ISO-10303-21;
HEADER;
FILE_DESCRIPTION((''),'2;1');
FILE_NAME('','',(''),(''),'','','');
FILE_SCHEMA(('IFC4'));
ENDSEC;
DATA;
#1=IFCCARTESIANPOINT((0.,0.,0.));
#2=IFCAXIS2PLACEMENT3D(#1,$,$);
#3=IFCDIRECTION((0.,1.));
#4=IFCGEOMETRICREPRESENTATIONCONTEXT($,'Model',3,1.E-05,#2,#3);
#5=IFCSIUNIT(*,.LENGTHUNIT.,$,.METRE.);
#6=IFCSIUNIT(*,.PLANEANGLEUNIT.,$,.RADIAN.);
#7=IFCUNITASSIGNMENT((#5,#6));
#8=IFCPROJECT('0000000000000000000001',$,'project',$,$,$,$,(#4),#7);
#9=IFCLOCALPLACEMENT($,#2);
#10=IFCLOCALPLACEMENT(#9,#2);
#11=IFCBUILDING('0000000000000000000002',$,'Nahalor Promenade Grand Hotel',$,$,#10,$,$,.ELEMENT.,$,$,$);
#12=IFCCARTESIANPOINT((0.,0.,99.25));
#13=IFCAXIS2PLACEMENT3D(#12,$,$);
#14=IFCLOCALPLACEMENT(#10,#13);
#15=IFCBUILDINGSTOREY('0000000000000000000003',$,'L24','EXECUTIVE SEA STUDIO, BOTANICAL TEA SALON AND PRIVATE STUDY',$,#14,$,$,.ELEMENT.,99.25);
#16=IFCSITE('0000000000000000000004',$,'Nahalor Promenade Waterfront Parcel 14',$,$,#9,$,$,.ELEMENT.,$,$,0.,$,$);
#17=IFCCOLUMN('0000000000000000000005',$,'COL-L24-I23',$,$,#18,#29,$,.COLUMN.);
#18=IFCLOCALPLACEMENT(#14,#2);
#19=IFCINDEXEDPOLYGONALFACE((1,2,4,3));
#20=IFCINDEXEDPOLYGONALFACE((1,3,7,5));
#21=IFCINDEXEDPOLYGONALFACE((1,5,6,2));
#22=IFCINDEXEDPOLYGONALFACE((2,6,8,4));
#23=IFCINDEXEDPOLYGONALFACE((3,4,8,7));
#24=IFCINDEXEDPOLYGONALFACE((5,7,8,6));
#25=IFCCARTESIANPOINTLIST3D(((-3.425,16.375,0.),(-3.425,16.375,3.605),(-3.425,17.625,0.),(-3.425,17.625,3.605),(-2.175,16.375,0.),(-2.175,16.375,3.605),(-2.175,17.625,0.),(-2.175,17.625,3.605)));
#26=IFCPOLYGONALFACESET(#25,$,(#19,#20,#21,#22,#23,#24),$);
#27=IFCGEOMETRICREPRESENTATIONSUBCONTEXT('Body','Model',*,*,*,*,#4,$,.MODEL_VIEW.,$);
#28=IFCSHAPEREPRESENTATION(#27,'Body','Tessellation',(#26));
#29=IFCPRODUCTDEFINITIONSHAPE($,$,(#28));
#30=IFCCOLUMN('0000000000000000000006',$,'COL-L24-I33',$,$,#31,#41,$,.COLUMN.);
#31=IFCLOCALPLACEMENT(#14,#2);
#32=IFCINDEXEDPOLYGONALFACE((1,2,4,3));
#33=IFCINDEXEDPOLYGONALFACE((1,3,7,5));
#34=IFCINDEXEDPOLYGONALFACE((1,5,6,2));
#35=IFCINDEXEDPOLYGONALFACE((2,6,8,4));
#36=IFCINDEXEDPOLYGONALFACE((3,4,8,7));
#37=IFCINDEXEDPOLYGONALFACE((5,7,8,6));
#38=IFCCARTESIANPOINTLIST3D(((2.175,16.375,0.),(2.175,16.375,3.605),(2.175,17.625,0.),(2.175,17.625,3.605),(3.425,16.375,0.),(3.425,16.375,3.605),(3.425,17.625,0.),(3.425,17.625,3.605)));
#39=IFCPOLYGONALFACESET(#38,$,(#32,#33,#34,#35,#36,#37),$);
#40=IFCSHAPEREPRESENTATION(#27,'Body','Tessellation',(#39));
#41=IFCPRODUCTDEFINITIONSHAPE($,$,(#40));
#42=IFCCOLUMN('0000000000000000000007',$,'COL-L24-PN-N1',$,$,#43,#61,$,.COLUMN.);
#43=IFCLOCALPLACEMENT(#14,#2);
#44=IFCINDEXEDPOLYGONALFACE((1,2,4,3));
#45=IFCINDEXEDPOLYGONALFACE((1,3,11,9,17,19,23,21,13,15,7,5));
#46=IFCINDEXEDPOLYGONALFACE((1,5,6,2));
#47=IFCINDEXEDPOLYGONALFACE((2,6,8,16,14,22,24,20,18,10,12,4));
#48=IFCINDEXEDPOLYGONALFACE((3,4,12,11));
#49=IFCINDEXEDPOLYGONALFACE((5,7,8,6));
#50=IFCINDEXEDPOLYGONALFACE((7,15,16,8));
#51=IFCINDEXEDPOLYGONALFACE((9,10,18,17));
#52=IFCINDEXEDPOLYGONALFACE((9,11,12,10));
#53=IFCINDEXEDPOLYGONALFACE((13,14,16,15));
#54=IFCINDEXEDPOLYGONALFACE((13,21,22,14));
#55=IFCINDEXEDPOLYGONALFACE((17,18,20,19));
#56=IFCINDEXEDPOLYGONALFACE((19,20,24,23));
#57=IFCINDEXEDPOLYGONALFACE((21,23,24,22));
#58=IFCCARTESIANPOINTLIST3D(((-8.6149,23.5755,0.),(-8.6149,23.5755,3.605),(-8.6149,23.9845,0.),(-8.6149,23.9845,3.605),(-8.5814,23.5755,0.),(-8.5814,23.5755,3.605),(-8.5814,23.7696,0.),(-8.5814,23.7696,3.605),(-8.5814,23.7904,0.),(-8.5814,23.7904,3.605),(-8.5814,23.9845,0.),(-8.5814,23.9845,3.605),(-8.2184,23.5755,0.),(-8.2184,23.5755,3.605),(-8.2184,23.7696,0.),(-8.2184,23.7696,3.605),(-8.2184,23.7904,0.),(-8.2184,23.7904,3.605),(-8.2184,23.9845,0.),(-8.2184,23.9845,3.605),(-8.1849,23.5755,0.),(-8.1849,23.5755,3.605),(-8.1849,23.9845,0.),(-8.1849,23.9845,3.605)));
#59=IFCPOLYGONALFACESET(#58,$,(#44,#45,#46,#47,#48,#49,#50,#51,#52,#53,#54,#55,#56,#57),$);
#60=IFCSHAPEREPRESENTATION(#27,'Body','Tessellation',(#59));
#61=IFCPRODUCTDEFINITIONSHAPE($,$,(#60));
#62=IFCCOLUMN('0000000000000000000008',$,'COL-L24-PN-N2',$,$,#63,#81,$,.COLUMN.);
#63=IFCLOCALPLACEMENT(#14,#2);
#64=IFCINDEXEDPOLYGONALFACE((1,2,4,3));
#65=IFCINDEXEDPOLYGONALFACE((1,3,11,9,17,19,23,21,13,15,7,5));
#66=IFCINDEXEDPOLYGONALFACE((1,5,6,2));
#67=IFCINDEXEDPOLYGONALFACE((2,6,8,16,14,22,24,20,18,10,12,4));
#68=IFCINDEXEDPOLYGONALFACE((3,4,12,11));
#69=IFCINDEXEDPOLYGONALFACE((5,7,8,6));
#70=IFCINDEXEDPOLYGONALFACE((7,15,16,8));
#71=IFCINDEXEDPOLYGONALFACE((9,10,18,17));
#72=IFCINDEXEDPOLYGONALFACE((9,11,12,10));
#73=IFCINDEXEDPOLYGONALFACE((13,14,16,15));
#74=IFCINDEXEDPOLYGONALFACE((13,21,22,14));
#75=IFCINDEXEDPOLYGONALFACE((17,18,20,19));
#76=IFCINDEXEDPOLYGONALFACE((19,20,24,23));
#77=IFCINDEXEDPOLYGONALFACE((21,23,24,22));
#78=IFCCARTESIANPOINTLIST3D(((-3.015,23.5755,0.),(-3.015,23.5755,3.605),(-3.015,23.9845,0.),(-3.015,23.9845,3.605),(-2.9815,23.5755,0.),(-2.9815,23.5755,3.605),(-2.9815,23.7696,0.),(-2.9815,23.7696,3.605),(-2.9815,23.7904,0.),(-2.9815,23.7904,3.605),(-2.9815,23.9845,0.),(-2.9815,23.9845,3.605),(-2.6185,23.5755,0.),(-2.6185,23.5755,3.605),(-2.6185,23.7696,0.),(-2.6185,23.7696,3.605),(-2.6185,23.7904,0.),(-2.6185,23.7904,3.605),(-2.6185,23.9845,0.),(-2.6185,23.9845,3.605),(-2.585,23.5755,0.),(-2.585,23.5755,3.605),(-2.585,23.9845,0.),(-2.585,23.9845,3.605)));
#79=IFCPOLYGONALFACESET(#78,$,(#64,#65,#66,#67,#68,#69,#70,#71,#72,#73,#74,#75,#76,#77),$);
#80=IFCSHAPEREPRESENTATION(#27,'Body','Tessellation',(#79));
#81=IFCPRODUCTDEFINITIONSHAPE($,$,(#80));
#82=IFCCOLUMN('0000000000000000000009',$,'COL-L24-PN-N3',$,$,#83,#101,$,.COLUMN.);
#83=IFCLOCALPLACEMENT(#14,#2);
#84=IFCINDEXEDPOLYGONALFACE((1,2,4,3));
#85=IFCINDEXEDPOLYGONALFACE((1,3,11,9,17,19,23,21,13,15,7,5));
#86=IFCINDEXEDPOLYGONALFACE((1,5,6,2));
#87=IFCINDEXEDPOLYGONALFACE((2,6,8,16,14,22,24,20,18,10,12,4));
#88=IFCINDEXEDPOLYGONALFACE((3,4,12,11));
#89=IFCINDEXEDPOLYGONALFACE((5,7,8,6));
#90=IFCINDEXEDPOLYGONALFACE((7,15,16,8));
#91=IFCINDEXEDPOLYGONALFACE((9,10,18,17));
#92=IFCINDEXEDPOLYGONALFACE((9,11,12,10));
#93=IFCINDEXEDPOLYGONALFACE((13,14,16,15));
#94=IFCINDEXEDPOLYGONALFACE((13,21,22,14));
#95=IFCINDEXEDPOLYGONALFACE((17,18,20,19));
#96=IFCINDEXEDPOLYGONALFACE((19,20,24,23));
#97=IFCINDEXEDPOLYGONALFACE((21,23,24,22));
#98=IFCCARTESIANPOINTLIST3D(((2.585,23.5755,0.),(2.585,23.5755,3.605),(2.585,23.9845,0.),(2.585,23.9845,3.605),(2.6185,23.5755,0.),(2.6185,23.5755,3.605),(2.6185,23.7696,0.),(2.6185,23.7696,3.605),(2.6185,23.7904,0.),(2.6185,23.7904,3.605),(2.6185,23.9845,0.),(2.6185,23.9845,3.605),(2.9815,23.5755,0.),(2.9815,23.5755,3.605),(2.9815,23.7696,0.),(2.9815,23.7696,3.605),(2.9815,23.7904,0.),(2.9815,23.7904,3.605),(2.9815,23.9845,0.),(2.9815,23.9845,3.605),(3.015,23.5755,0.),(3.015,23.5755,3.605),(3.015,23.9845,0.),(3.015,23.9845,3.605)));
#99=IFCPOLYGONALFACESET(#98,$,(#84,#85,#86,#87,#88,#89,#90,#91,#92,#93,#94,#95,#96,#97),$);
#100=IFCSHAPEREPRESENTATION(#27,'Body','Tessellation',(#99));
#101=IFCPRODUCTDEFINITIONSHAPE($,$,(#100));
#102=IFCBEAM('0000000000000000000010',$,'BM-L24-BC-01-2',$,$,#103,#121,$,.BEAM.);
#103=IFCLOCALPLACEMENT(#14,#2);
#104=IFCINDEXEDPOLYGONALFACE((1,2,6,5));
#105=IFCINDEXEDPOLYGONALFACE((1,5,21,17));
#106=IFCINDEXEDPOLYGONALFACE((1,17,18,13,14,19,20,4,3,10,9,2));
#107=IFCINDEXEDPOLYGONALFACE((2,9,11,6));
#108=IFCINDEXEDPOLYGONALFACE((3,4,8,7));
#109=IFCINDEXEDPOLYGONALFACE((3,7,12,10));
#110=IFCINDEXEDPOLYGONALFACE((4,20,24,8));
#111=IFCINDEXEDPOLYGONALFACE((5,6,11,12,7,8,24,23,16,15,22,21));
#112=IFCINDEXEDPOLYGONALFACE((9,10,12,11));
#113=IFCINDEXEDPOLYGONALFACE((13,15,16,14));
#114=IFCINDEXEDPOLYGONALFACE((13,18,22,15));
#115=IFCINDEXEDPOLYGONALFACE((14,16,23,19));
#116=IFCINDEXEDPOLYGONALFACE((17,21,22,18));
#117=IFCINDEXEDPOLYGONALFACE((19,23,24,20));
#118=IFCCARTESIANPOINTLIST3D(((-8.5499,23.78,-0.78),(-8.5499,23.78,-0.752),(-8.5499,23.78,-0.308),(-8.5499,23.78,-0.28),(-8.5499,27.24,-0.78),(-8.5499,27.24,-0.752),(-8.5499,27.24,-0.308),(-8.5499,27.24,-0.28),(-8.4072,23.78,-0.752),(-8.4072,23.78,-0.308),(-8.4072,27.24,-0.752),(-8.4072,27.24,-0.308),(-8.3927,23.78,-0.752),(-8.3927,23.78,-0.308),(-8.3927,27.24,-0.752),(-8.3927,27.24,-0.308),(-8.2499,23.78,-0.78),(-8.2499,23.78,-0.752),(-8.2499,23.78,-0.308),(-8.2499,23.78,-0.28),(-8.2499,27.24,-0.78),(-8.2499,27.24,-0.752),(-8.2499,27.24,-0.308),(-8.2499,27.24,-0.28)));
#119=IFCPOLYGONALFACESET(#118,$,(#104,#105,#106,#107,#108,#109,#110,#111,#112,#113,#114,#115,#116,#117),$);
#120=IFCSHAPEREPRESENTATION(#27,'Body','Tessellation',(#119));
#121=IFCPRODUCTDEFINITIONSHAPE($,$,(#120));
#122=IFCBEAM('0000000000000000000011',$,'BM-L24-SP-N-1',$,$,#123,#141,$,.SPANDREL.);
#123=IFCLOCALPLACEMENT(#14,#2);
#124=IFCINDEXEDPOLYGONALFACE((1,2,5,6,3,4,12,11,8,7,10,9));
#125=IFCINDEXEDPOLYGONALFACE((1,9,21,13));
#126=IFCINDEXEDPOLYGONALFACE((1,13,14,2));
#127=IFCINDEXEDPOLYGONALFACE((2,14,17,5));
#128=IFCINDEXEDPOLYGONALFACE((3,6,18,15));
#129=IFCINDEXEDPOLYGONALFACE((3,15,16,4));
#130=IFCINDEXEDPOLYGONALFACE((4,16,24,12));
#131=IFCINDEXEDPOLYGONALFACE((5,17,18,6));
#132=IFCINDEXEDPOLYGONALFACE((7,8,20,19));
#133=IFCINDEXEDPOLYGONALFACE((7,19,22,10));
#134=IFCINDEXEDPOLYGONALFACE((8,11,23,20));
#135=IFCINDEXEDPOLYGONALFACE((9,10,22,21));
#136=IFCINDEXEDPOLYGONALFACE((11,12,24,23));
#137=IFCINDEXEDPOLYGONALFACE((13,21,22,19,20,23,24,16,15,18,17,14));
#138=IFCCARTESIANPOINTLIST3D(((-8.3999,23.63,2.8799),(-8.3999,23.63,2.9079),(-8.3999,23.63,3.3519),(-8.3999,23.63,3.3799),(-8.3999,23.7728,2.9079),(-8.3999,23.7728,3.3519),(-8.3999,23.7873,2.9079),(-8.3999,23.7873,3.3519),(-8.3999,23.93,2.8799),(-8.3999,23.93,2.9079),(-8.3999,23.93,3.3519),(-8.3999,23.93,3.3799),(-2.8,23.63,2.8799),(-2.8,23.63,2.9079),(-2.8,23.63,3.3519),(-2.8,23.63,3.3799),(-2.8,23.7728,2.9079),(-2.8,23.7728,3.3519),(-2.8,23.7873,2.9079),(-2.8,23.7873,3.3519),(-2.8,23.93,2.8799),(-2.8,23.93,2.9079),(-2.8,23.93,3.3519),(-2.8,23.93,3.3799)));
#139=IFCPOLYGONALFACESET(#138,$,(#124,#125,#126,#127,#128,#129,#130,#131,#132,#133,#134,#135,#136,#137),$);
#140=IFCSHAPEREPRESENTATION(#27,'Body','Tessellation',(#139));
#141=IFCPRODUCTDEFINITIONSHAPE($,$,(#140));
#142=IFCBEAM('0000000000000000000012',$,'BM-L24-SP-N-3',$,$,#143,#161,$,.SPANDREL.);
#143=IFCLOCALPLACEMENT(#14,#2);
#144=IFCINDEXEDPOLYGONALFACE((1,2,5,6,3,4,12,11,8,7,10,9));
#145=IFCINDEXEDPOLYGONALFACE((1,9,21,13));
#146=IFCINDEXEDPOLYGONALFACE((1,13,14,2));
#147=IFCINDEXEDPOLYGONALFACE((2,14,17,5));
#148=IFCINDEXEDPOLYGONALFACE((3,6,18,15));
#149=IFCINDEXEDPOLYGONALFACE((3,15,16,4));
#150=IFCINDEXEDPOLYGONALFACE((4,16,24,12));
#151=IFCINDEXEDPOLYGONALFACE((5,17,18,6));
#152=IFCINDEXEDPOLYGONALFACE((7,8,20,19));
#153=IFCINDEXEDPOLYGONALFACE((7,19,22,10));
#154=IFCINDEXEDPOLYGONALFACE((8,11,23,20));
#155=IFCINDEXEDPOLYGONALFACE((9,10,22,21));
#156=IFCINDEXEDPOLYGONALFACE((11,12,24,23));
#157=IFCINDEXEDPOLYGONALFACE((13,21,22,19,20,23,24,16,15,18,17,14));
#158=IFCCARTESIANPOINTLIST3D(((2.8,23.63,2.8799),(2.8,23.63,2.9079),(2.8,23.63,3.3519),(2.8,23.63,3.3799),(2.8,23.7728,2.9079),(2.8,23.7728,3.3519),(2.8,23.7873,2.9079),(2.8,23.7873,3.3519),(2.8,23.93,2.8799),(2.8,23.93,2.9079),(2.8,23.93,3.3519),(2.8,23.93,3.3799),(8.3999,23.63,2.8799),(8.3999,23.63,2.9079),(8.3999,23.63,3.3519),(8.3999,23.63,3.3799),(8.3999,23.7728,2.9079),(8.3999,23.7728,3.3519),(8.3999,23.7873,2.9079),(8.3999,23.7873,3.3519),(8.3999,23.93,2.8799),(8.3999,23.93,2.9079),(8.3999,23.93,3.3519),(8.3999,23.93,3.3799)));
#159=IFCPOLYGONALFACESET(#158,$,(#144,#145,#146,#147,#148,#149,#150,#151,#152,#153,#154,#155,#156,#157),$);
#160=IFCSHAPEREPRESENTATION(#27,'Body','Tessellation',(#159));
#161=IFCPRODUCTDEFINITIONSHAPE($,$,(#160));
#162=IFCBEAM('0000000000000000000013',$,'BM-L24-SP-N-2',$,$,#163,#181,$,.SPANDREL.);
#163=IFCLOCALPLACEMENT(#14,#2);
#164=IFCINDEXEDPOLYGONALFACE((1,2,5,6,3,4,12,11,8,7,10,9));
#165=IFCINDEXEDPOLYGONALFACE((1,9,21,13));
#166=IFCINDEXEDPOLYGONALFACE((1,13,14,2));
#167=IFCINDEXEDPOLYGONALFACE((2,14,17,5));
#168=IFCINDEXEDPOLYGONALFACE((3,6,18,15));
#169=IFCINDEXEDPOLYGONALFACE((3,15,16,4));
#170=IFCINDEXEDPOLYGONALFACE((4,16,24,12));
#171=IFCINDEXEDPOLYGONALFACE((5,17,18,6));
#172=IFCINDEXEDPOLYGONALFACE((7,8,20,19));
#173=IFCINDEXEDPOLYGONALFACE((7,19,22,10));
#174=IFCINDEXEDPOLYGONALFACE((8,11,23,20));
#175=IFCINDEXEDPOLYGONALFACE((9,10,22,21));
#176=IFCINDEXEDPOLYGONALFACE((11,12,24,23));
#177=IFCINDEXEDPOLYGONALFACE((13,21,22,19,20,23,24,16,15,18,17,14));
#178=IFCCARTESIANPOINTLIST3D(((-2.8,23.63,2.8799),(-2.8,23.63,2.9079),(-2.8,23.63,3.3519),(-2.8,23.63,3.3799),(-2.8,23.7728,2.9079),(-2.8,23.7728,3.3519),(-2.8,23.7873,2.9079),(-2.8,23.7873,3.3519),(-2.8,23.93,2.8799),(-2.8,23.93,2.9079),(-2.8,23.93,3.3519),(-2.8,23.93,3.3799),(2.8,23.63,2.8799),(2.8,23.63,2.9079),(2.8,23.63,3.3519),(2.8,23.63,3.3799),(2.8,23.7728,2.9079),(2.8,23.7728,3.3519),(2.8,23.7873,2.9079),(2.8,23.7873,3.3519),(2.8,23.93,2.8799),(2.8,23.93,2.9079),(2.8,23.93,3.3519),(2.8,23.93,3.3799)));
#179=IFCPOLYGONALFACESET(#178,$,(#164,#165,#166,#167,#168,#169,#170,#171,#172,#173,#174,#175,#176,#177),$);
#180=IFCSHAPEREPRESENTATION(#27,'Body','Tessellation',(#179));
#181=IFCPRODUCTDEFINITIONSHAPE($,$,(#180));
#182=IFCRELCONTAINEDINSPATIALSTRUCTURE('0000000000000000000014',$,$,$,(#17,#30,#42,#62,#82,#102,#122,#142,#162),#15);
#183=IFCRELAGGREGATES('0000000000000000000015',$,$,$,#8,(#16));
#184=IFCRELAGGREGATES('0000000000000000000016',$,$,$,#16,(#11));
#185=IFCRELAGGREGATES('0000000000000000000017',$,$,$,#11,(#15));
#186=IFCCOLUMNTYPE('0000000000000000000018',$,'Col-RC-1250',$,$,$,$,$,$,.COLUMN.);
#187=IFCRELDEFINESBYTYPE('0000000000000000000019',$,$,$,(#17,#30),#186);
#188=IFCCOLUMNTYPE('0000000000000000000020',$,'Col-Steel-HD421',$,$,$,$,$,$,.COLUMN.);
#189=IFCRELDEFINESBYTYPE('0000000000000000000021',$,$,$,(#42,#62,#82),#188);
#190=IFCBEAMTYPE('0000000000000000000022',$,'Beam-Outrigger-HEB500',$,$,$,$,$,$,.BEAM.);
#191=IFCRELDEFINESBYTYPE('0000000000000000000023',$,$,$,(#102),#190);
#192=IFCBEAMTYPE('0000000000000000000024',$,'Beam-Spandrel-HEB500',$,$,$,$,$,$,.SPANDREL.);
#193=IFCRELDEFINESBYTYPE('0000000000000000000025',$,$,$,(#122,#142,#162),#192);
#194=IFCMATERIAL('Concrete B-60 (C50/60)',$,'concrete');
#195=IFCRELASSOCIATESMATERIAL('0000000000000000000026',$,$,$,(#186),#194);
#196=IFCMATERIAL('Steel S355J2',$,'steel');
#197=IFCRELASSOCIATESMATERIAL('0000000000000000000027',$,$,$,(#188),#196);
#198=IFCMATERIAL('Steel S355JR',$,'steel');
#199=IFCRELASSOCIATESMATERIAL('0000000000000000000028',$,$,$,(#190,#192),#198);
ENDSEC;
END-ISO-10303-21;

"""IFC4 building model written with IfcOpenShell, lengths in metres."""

from ifc_helpers import new_model, si_unit, direction, frame, origin, origin_2d, place, context, subcontext, project, spatial, rectangle, i_section, extrude, source, transform, mapped, material, material_profile, profile_set, type_object, element, save


model = new_model("IFC4")

# Units and contexts
model_context = context("Model", 3, precision=1e-05, world=origin(), true_north=direction((0.0, 1.0)))
body_context = subcontext(model_context, "Body", "Model", "MODEL_VIEW")
ifc_project = project(units=[si_unit("LENGTHUNIT", "METRE"), si_unit("PLANEANGLEUNIT", "RADIAN")], contexts=[model_context])

# Site, building, storey
site_placement = place(None, origin())
site = spatial("IfcSite", under=ifc_project, at=site_placement, Name="Nahalor Promenade Waterfront Parcel 14", CompositionType="ELEMENT", RefElevation=0.0)
building_placement = place(site_placement, origin())
building = spatial("IfcBuilding", under=site, at=building_placement, Name="Nahalor Promenade Grand Hotel", CompositionType="ELEMENT")
storey_placement = place(building_placement, frame((0.0, 0.0, 99.25)))
storey = spatial("IfcBuildingStorey", under=building, at=storey_placement, Name="L24", Description="EXECUTIVE SEA STUDIO, BOTANICAL TEA SALON AND PRIVATE STUDY", CompositionType="ELEMENT", Elevation=99.25)

# Columns
ifc_material_1 = material(Name="Concrete B-60 (C50/60)", Category="concrete")
ifc_material_profile_1 = material_profile(ifc_material_1, rectangle(XDim=1.25, YDim=1.25, at=origin_2d()), Name="RC 1250x1250")
ifc_profile_set_1 = profile_set([ifc_material_profile_1], Name="Concrete B-60 (C50/60)")
column_type_1 = type_object("IfcColumnType", Name="Col-RC-1250", PredefinedType="COLUMN", material=ifc_profile_set_1)
shared_shape_1 = source(origin(), body_context, "Body", "SweptSolid", [
    extrude(rectangle(XDim=1.25, YDim=1.25, at=origin_2d()), origin(), (0.0, 0.0, 1.0), 3.605),
])
for number, where, z_axis, x_axis, name in (
    (1, (-2.8, 17.0, 0.0), (0.0, 0.0, 1.0), (1.0, 0.0, 0.0), "COL-L24-I23"),
    (2, (2.8, 17.0, 0.0), (0.0, 0.0, 1.0), (1.0, 0.0, 0.0), "COL-L24-I33"),
):
    element("IfcColumn", number, at=place(storey_placement, frame(where, z_axis=z_axis, x_axis=x_axis)), inside=storey, type_object=column_type_1, Name=name, PredefinedType="COLUMN", context=body_context, shape_type="MappedRepresentation", body=[
        mapped(shared_shape_1, transform((0.0, 0.0, 0.0), scale=1.0)),
    ])
ifc_material_2 = material(Name="Steel S355J2", Category="steel")
ifc_material_profile_2 = material_profile(ifc_material_2, i_section(OverallWidth=0.409, OverallDepth=0.43, WebThickness=0.0208, FlangeThickness=0.0335, at=origin_2d()), Name="HD 400x421")
ifc_profile_set_2 = profile_set([ifc_material_profile_2], Name="Steel S355J2")
column_type_2 = type_object("IfcColumnType", Name="Col-Steel-HD421", PredefinedType="COLUMN", material=ifc_profile_set_2)
shared_shape_2 = source(origin(), body_context, "Body", "SweptSolid", [
    extrude(i_section(OverallWidth=0.409, OverallDepth=0.43, WebThickness=0.0208, FlangeThickness=0.0335, at=origin_2d()), origin(), (0.0, 0.0, 1.0), 3.605),
])
for number, where, z_axis, x_axis, name in (
    (3, (-8.3999, 23.78, 0.0), (0.0, 0.0, 1.0), (0.0, 1.0, 0.0), "COL-L24-PN-N1"),
    (4, (-2.8, 23.78, 0.0), (0.0, 0.0, 1.0), (0.0, 1.0, 0.0), "COL-L24-PN-N2"),
    (5, (2.8, 23.78, 0.0), (0.0, 0.0, 1.0), (0.0, 1.0, 0.0), "COL-L24-PN-N3"),
):
    element("IfcColumn", number, at=place(storey_placement, frame(where, z_axis=z_axis, x_axis=x_axis)), inside=storey, type_object=column_type_2, Name=name, PredefinedType="COLUMN", context=body_context, shape_type="MappedRepresentation", body=[
        mapped(shared_shape_2, transform((0.0, 0.0, 0.0), scale=1.0)),
    ])

# Beams
ifc_material_3 = material(Name="Steel S355JR", Category="steel")
ifc_material_profile_3 = material_profile(ifc_material_3, i_section(OverallWidth=0.3, OverallDepth=0.5, WebThickness=0.0145, FlangeThickness=0.028, at=origin_2d()), Name="HEB 500")
ifc_profile_set_3 = profile_set([ifc_material_profile_3], Name="Steel S355JR")
beam_type_1 = type_object("IfcBeamType", Name="Beam-Outrigger-HEB500", PredefinedType="BEAM", material=ifc_profile_set_3)
shared_shape_3 = source(origin(), body_context, "Body", "SweptSolid", [
    extrude(i_section(OverallWidth=0.3, OverallDepth=0.5, WebThickness=0.0145, FlangeThickness=0.028, at=origin_2d()), origin(), (0.0, 0.0, 1.0), 3.46),
])
beam_1_placement = place(storey_placement, frame((-8.3999, 23.78, -0.53), z_axis=(0.0, 1.0, 0.0), x_axis=(-1.0, 0.0, 0.0)))
element("IfcBeam", 6, at=beam_1_placement, inside=storey, type_object=beam_type_1, Name="BM-L24-BC-01-2", PredefinedType="BEAM", context=body_context, shape_type="MappedRepresentation", body=[
    mapped(shared_shape_3, transform((0.0, 0.0, 0.0), scale=1.0)),
])
ifc_material_profile_4 = material_profile(ifc_material_3, i_section(OverallWidth=0.3, OverallDepth=0.5, WebThickness=0.0145, FlangeThickness=0.028, at=origin_2d()), Name="HEB 500")
ifc_profile_set_4 = profile_set([ifc_material_profile_4], Name="Steel S355JR")
beam_type_2 = type_object("IfcBeamType", Name="Beam-Spandrel-HEB500", PredefinedType="SPANDREL", material=ifc_profile_set_4)
shared_shape_4 = source(origin(), body_context, "Body", "SweptSolid", [
    extrude(i_section(OverallWidth=0.3, OverallDepth=0.5, WebThickness=0.0145, FlangeThickness=0.028, at=origin_2d()), origin(), (0.0, 0.0, 1.0), 5.5999),
])
for number, where, z_axis, x_axis, name in (
    (7, (-8.3999, 23.78, 3.1299), (1.0, 0.0, 0.0), (0.0, 1.0, 0.0), "BM-L24-SP-N-1"),
    (8, (2.8, 23.78, 3.1299), (1.0, 0.0, 0.0), (0.0, 1.0, 0.0), "BM-L24-SP-N-3"),
):
    element("IfcBeam", number, at=place(storey_placement, frame(where, z_axis=z_axis, x_axis=x_axis)), inside=storey, type_object=beam_type_2, Name=name, PredefinedType="SPANDREL", context=body_context, shape_type="MappedRepresentation", body=[
        mapped(shared_shape_4, transform((0.0, 0.0, 0.0), scale=1.0)),
    ])
shared_shape_5 = source(origin(), body_context, "Body", "SweptSolid", [
    extrude(i_section(OverallWidth=0.3, OverallDepth=0.5, WebThickness=0.0145, FlangeThickness=0.028, at=origin_2d()), origin(), (0.0, 0.0, 1.0), 5.6001),
])
beam_2_placement = place(storey_placement, frame((-2.8, 23.78, 3.1299), z_axis=(1.0, 0.0, 0.0), x_axis=(0.0, 1.0, 0.0)))
element("IfcBeam", 9, at=beam_2_placement, inside=storey, type_object=beam_type_2, Name="BM-L24-SP-N-2", PredefinedType="SPANDREL", context=body_context, shape_type="MappedRepresentation", body=[
    mapped(shared_shape_5, transform((0.0, 0.0, 0.0), scale=1.0)),
])

save(model, "model.ifc")
